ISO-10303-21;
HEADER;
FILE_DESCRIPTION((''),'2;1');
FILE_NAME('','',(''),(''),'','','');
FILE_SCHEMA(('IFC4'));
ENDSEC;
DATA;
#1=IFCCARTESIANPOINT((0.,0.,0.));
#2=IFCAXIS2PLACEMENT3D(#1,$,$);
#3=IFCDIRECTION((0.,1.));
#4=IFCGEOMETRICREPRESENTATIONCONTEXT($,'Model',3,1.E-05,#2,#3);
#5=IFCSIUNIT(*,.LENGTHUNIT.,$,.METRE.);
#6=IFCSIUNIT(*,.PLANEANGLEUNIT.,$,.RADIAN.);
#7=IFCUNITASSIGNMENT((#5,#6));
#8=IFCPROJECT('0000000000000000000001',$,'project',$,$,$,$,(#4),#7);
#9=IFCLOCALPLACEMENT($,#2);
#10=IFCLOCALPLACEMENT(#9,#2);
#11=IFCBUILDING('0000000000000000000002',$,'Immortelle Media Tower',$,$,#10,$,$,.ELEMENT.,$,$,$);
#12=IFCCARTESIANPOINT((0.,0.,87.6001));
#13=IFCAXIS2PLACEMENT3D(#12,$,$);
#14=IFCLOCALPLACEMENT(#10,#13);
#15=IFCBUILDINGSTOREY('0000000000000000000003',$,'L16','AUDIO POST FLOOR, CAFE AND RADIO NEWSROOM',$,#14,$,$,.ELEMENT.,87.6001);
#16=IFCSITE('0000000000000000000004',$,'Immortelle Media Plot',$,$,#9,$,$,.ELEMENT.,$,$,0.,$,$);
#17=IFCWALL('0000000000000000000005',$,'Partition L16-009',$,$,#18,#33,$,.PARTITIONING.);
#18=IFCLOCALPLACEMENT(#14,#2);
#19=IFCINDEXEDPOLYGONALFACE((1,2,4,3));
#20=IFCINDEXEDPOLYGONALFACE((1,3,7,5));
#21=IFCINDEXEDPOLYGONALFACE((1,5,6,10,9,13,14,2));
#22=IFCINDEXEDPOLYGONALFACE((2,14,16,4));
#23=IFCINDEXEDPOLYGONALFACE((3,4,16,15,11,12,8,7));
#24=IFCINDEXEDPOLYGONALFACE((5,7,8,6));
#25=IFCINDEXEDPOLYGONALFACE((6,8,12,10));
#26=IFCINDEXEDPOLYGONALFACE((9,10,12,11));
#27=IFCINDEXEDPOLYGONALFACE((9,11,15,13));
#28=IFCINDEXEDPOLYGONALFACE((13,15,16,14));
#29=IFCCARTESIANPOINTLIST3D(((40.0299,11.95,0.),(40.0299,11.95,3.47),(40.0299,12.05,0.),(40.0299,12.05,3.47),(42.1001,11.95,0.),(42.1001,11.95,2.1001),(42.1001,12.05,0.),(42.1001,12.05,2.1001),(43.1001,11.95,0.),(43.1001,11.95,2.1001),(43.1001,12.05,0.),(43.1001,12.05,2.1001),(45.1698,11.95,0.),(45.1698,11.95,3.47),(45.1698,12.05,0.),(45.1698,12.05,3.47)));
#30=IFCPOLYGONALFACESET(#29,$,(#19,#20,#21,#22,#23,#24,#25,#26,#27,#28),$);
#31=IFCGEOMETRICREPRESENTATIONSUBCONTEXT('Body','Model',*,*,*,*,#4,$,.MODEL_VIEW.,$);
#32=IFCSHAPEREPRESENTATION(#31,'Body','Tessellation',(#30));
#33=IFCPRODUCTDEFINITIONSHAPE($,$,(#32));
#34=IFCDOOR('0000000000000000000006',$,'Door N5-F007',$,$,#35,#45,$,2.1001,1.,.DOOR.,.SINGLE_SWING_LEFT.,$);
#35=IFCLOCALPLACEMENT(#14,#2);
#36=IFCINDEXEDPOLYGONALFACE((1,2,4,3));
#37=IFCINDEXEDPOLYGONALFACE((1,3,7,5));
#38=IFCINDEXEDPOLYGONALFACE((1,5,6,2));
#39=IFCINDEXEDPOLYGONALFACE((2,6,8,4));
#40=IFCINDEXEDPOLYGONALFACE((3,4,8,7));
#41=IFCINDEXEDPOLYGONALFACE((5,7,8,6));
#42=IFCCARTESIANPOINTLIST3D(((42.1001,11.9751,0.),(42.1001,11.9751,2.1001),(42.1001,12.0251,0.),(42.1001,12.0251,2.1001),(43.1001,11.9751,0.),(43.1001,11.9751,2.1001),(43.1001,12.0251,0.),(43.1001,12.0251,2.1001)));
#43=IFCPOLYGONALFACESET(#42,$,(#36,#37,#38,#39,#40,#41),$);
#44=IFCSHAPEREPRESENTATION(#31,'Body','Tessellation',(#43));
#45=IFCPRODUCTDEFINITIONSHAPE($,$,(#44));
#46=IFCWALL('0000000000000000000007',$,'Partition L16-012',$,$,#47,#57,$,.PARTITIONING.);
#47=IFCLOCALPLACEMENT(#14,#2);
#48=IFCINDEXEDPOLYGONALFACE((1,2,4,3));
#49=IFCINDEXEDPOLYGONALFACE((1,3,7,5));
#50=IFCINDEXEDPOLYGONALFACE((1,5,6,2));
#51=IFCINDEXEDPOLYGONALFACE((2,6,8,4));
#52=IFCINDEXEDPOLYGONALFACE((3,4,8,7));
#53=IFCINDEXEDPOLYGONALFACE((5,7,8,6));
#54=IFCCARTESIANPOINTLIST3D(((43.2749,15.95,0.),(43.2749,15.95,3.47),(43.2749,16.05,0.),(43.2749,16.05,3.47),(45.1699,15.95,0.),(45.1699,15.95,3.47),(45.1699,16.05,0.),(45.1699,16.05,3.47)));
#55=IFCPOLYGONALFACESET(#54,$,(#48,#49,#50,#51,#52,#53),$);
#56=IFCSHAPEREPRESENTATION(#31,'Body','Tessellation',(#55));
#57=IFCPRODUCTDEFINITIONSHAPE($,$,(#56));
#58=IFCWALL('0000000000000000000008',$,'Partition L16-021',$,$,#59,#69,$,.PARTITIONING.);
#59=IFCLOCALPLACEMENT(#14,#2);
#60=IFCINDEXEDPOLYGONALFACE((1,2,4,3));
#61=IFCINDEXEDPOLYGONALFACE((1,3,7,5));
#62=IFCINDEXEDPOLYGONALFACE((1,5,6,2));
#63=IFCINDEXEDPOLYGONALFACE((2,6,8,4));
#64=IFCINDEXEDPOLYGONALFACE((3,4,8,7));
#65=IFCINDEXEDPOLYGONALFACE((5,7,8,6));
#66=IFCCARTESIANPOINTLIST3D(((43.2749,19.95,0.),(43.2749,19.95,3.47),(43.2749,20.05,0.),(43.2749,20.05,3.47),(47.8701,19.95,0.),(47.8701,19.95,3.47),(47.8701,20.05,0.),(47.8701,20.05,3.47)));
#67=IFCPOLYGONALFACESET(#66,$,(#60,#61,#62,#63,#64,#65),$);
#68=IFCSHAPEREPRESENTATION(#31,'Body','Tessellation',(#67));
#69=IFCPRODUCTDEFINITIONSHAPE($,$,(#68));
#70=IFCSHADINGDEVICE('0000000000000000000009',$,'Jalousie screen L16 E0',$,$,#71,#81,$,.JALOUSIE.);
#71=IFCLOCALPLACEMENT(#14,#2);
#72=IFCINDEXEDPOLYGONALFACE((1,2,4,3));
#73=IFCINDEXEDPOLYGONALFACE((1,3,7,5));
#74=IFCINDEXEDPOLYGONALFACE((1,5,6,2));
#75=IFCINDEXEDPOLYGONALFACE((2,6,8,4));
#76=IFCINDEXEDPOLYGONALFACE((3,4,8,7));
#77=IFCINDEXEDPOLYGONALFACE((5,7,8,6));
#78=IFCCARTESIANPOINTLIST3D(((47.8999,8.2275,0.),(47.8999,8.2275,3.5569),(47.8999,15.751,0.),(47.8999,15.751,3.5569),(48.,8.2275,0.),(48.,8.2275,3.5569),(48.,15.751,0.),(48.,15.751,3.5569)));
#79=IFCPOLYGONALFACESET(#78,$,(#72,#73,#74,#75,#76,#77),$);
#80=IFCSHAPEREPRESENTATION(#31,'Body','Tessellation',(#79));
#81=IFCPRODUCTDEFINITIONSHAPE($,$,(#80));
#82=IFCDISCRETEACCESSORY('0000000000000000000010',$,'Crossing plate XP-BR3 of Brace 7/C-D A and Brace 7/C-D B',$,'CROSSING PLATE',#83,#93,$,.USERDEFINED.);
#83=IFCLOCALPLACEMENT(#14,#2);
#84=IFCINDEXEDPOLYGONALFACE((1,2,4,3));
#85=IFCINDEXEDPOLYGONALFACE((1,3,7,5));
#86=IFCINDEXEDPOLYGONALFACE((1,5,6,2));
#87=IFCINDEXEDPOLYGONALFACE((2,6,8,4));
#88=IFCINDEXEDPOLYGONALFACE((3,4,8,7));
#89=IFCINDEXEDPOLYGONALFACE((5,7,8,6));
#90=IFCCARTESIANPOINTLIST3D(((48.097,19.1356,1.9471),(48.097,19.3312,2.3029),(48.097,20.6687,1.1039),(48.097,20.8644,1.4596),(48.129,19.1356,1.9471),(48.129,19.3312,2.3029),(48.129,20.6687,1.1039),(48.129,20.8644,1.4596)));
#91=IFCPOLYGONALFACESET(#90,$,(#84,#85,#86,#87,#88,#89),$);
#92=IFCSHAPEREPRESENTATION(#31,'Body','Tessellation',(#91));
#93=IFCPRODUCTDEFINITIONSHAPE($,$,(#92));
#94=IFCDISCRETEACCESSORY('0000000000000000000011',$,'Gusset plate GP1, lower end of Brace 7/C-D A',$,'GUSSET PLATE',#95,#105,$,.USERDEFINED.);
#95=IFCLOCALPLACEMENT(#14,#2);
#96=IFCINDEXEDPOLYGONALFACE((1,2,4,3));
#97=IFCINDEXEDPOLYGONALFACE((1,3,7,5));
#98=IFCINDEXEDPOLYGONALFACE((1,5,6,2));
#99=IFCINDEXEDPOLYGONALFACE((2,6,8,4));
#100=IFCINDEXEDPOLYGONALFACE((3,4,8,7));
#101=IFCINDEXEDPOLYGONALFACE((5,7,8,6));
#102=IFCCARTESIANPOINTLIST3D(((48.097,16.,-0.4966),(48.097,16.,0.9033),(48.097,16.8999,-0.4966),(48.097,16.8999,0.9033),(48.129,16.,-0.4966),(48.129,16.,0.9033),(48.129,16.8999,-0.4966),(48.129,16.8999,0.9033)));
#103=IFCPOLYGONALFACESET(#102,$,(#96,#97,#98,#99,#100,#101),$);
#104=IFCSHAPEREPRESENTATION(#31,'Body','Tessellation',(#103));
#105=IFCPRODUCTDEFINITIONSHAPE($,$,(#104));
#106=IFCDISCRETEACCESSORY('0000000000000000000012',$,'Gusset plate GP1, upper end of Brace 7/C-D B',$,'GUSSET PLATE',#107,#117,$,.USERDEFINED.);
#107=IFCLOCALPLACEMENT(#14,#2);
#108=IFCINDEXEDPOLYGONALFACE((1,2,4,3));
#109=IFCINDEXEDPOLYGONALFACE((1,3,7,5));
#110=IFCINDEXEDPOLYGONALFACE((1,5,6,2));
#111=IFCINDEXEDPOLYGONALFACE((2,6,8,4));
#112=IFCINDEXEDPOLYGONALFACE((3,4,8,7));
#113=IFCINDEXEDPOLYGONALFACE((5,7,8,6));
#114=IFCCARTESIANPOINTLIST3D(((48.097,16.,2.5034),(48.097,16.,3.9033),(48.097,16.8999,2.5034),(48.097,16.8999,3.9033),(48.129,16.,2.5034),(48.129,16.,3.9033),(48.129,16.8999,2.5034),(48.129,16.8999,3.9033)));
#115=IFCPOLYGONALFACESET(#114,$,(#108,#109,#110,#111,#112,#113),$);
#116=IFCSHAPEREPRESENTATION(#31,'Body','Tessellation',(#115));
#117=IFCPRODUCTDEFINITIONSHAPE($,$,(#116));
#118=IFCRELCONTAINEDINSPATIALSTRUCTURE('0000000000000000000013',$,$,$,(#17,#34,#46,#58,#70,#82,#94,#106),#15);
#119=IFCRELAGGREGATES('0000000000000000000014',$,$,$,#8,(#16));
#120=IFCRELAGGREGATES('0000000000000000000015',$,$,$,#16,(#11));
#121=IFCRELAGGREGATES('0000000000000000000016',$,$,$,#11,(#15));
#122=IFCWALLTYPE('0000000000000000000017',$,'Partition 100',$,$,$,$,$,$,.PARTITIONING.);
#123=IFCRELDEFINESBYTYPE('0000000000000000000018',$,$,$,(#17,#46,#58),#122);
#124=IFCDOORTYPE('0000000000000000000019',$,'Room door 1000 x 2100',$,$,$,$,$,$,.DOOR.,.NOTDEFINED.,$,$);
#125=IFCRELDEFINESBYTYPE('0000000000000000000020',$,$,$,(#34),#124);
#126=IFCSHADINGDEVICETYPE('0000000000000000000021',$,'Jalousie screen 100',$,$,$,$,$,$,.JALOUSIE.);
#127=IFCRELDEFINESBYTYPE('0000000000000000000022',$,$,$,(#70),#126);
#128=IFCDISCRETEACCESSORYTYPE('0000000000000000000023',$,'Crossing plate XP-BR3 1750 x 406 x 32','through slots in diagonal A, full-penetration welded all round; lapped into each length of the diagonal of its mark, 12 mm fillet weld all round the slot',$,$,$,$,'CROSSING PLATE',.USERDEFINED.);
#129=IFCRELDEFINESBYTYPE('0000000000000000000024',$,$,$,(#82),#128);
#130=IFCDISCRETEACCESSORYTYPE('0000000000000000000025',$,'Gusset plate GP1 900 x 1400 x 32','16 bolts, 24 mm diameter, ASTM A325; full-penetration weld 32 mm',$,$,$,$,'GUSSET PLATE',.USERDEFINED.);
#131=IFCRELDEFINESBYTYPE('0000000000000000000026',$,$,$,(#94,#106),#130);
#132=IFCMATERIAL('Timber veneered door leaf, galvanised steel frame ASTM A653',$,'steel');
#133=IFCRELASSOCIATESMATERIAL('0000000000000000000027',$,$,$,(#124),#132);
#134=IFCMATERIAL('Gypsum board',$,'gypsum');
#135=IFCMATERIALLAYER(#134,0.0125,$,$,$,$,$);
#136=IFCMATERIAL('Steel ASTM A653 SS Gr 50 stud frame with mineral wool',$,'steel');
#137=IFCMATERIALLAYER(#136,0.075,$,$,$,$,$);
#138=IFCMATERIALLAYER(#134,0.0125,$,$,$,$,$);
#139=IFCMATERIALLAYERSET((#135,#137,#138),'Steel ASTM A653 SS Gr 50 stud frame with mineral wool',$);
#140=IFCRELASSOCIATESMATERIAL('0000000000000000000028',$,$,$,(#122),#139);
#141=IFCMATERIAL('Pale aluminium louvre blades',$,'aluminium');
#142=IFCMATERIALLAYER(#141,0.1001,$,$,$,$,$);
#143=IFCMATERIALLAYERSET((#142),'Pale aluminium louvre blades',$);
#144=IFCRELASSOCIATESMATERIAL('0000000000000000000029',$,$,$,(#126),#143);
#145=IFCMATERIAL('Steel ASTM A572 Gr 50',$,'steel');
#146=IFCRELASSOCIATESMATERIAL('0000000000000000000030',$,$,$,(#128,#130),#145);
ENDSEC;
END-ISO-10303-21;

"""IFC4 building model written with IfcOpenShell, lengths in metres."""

from ifc_helpers import new_model, si_unit, direction, frame, frame_2d, origin, origin_2d, place, context, subcontext, project, spatial, rectangle, extrude, material, layer, layer_set, material_profile, profile_set, type_object, element, fill, save


model = new_model("IFC4")

# Units and contexts
model_context = context("Model", 3, precision=1e-05, world=origin(), true_north=direction((0.0, 1.0)))
body_context = subcontext(model_context, "Body", "Model", "MODEL_VIEW")
ifc_project = project(units=[si_unit("LENGTHUNIT", "METRE"), si_unit("PLANEANGLEUNIT", "RADIAN")], contexts=[model_context])

# Site, building, storey
site_placement = place(None, origin())
site = spatial("IfcSite", under=ifc_project, at=site_placement, Name="Immortelle Media Plot", CompositionType="ELEMENT", RefElevation=0.0)
building_placement = place(site_placement, origin())
building = spatial("IfcBuilding", under=site, at=building_placement, Name="Immortelle Media Tower", CompositionType="ELEMENT")
storey_placement = place(building_placement, frame((0.0, 0.0, 87.6001)))
storey = spatial("IfcBuildingStorey", under=building, at=storey_placement, Name="L16", Description="AUDIO POST FLOOR, CAFE AND RADIO NEWSROOM", CompositionType="ELEMENT", Elevation=87.6001)

# Shared definitions
ifc_material_1 = material(Name="Steel ASTM A653 SS Gr 50 stud frame with mineral wool", Category="steel")
ifc_material_2 = material(Name="Timber veneered door leaf, galvanised steel frame ASTM A653", Category="steel")
door_type = type_object("IfcDoorType", Name="Room door 1000 x 2100", OperationType="NOTDEFINED", PredefinedType="DOOR", material=ifc_material_2)

# Wall, opening, door
ifc_material_3 = material(Name="Gypsum board", Category="gypsum")
ifc_layer_1 = layer(ifc_material_3, 0.0125)
ifc_layer_2 = layer(ifc_material_1, 0.075)
ifc_layer_3 = layer(ifc_material_3, 0.0125)
ifc_layer_set_1 = layer_set([ifc_layer_1, ifc_layer_2, ifc_layer_3], Name="Steel ASTM A653 SS Gr 50 stud frame with mineral wool")
wall_type_1 = type_object("IfcWallType", Name="Partition 100", PredefinedType="PARTITIONING", material=ifc_layer_set_1)
wall_1_placement = place(storey_placement, frame((40.03, 12.0, 0.0), z_axis=(0.0, 0.0, 1.0), x_axis=(1.0, 0.0, 0.0)))
wall_1 = element("IfcWall", 1, at=wall_1_placement, inside=storey, type_object=wall_type_1, Name="Partition L16-009", PredefinedType="PARTITIONING", context=body_context, shape_type="SweptSolid", body=[
    extrude(rectangle(XDim=5.1399, YDim=0.1001, at=frame_2d((2.5698, 0.0))), origin(), (0.0, 0.0, 1.0), 3.47),
])
opening_1_placement = place(wall_1_placement, frame((3.0701, 0.0, 0.0), z_axis=(0.0, 0.0, 1.0), x_axis=(-1.0, 0.0, 0.0)))
opening_1 = element("IfcOpeningElement", 2, at=opening_1_placement, cuts=wall_1, PredefinedType="OPENING", context=body_context, shape_type="SweptSolid", body=[
    extrude(rectangle(XDim=1.0, YDim=2.1001, at=frame_2d((0.5, 1.05))), frame((0.0, 0.0601, 0.0), z_axis=(0.0, -1.0, 0.0), x_axis=(1.0, 0.0, 0.0)), (0.0, 0.0, 1.0), 0.1201),
])
door_1_placement = place(opening_1_placement, origin())
door_1 = element("IfcDoor", 3, at=door_1_placement, inside=storey, type_object=door_type, Name="Door N5-F007", OperationType="SINGLE_SWING_LEFT", OverallHeight=2.1001, OverallWidth=1.0, PredefinedType="DOOR", context=body_context, shape_type="SweptSolid", body=[
    extrude(rectangle(XDim=1.0, YDim=2.1001, at=frame_2d((0.5, 1.05))), frame((0.0, 0.0249, 0.0), z_axis=(0.0, -1.0, 0.0), x_axis=(1.0, 0.0, 0.0)), (0.0, 0.0, 1.0), 0.05),
])
fill(opening_1, door_1)

# Walls
wall_2_placement = place(storey_placement, frame((43.2749, 16.0, 0.0), z_axis=(0.0, 0.0, 1.0), x_axis=(1.0, 0.0, 0.0)))
element("IfcWall", 4, at=wall_2_placement, inside=storey, type_object=wall_type_1, Name="Partition L16-012", PredefinedType="PARTITIONING", context=body_context, shape_type="SweptSolid", body=[
    extrude(rectangle(XDim=1.895, YDim=0.1001, at=frame_2d((0.9475, 0.0))), origin(), (0.0, 0.0, 1.0), 3.47),
])
wall_3_placement = place(storey_placement, frame((43.2749, 20.0, 0.0), z_axis=(0.0, 0.0, 1.0), x_axis=(1.0, 0.0, 0.0)))
element("IfcWall", 5, at=wall_3_placement, inside=storey, type_object=wall_type_1, Name="Partition L16-021", PredefinedType="PARTITIONING", context=body_context, shape_type="SweptSolid", body=[
    extrude(rectangle(XDim=4.5952, YDim=0.1001, at=frame_2d((2.2976, 0.0))), origin(), (0.0, 0.0, 1.0), 3.47),
])

# Shading device
ifc_material_4 = material(Name="Pale aluminium louvre blades", Category="aluminium")
ifc_layer_4 = layer(ifc_material_4, 0.1001)
ifc_layer_set_2 = layer_set([ifc_layer_4], Name="Pale aluminium louvre blades")
shading_device_type = type_object("IfcShadingDeviceType", Name="Jalousie screen 100", PredefinedType="JALOUSIE", material=ifc_layer_set_2)
shading_device_placement = place(storey_placement, frame((47.95, 11.9893, 0.0), z_axis=(0.0, 0.0, 1.0), x_axis=(0.0, 1.0, 0.0)))
element("IfcShadingDevice", 6, at=shading_device_placement, inside=storey, type_object=shading_device_type, Name="Jalousie screen L16 E0", PredefinedType="JALOUSIE", context=body_context, shape_type="SweptSolid", body=[
    extrude(rectangle(XDim=7.5234, YDim=0.1001, at=origin_2d()), origin(), (0.0, 0.0, 1.0), 3.5569),
])

# Discrete accessories
ifc_material_5 = material(Name="Steel ASTM A572 Gr 50", Category="steel")
ifc_material_profile_1 = material_profile(ifc_material_5, rectangle(XDim=0.032, YDim=0.406, at=origin_2d()), Name="PL 32 x 406")
ifc_profile_set_1 = profile_set([ifc_material_profile_1], Name="Steel ASTM A572 Gr 50")
discrete_accessory_type_1 = type_object("IfcDiscreteAccessoryType", Name="Crossing plate XP-BR3 1750 x 406 x 32", Description="through slots in diagonal A, full-penetration welded all round; lapped into each length of the diagonal of its mark, 12 mm fillet weld all round the slot", ElementType="CROSSING PLATE", PredefinedType="USERDEFINED", material=ifc_profile_set_1)
discrete_accessory_placement = place(storey_placement, frame((48.113, 19.2334, 2.125), z_axis=(0.0, 0.876216, -0.481919), x_axis=(-1.0, 0.0, 0.0)))
element("IfcDiscreteAccessory", 7, at=discrete_accessory_placement, inside=storey, type_object=discrete_accessory_type_1, Name="Crossing plate XP-BR3 of Brace 7/C-D A and Brace 7/C-D B", ObjectType="CROSSING PLATE", PredefinedType="USERDEFINED", context=body_context, shape_type="SweptSolid", body=[
    extrude(rectangle(XDim=0.032, YDim=0.406, at=origin_2d()), origin(), (0.0, 0.0, 1.0), 1.7498),
])
ifc_material_profile_2 = material_profile(ifc_material_5, rectangle(XDim=0.032, YDim=1.3999, at=origin_2d()), Name="PL 32 x 1400")
ifc_profile_set_2 = profile_set([ifc_material_profile_2], Name="Steel ASTM A572 Gr 50")
discrete_accessory_type_2 = type_object("IfcDiscreteAccessoryType", Name="Gusset plate GP1 900 x 1400 x 32", Description="16 bolts, 24 mm diameter, ASTM A325; full-penetration weld 32 mm", ElementType="GUSSET PLATE", PredefinedType="USERDEFINED", material=ifc_profile_set_2)
for number, where, z_axis, x_axis, name in (
    (8, (48.113, 16.0, 0.2034), (0.0, 1.0, 0.0), (-1.0, 0.0, 0.0), "Gusset plate GP1, lower end of Brace 7/C-D A"),
    (9, (48.113, 16.0, 3.2034), (0.0, 1.0, 0.0), (-1.0, 0.0, 0.0), "Gusset plate GP1, upper end of Brace 7/C-D B"),
):
    element("IfcDiscreteAccessory", number, at=place(storey_placement, frame(where, z_axis=z_axis, x_axis=x_axis)), inside=storey, type_object=discrete_accessory_type_2, Name=name, ObjectType="GUSSET PLATE", PredefinedType="USERDEFINED", context=body_context, shape_type="SweptSolid", body=[
        extrude(rectangle(XDim=0.032, YDim=1.3999, at=origin_2d()), origin(), (0.0, 0.0, 1.0), 0.8999),
    ])

save(model, "model.ifc")
